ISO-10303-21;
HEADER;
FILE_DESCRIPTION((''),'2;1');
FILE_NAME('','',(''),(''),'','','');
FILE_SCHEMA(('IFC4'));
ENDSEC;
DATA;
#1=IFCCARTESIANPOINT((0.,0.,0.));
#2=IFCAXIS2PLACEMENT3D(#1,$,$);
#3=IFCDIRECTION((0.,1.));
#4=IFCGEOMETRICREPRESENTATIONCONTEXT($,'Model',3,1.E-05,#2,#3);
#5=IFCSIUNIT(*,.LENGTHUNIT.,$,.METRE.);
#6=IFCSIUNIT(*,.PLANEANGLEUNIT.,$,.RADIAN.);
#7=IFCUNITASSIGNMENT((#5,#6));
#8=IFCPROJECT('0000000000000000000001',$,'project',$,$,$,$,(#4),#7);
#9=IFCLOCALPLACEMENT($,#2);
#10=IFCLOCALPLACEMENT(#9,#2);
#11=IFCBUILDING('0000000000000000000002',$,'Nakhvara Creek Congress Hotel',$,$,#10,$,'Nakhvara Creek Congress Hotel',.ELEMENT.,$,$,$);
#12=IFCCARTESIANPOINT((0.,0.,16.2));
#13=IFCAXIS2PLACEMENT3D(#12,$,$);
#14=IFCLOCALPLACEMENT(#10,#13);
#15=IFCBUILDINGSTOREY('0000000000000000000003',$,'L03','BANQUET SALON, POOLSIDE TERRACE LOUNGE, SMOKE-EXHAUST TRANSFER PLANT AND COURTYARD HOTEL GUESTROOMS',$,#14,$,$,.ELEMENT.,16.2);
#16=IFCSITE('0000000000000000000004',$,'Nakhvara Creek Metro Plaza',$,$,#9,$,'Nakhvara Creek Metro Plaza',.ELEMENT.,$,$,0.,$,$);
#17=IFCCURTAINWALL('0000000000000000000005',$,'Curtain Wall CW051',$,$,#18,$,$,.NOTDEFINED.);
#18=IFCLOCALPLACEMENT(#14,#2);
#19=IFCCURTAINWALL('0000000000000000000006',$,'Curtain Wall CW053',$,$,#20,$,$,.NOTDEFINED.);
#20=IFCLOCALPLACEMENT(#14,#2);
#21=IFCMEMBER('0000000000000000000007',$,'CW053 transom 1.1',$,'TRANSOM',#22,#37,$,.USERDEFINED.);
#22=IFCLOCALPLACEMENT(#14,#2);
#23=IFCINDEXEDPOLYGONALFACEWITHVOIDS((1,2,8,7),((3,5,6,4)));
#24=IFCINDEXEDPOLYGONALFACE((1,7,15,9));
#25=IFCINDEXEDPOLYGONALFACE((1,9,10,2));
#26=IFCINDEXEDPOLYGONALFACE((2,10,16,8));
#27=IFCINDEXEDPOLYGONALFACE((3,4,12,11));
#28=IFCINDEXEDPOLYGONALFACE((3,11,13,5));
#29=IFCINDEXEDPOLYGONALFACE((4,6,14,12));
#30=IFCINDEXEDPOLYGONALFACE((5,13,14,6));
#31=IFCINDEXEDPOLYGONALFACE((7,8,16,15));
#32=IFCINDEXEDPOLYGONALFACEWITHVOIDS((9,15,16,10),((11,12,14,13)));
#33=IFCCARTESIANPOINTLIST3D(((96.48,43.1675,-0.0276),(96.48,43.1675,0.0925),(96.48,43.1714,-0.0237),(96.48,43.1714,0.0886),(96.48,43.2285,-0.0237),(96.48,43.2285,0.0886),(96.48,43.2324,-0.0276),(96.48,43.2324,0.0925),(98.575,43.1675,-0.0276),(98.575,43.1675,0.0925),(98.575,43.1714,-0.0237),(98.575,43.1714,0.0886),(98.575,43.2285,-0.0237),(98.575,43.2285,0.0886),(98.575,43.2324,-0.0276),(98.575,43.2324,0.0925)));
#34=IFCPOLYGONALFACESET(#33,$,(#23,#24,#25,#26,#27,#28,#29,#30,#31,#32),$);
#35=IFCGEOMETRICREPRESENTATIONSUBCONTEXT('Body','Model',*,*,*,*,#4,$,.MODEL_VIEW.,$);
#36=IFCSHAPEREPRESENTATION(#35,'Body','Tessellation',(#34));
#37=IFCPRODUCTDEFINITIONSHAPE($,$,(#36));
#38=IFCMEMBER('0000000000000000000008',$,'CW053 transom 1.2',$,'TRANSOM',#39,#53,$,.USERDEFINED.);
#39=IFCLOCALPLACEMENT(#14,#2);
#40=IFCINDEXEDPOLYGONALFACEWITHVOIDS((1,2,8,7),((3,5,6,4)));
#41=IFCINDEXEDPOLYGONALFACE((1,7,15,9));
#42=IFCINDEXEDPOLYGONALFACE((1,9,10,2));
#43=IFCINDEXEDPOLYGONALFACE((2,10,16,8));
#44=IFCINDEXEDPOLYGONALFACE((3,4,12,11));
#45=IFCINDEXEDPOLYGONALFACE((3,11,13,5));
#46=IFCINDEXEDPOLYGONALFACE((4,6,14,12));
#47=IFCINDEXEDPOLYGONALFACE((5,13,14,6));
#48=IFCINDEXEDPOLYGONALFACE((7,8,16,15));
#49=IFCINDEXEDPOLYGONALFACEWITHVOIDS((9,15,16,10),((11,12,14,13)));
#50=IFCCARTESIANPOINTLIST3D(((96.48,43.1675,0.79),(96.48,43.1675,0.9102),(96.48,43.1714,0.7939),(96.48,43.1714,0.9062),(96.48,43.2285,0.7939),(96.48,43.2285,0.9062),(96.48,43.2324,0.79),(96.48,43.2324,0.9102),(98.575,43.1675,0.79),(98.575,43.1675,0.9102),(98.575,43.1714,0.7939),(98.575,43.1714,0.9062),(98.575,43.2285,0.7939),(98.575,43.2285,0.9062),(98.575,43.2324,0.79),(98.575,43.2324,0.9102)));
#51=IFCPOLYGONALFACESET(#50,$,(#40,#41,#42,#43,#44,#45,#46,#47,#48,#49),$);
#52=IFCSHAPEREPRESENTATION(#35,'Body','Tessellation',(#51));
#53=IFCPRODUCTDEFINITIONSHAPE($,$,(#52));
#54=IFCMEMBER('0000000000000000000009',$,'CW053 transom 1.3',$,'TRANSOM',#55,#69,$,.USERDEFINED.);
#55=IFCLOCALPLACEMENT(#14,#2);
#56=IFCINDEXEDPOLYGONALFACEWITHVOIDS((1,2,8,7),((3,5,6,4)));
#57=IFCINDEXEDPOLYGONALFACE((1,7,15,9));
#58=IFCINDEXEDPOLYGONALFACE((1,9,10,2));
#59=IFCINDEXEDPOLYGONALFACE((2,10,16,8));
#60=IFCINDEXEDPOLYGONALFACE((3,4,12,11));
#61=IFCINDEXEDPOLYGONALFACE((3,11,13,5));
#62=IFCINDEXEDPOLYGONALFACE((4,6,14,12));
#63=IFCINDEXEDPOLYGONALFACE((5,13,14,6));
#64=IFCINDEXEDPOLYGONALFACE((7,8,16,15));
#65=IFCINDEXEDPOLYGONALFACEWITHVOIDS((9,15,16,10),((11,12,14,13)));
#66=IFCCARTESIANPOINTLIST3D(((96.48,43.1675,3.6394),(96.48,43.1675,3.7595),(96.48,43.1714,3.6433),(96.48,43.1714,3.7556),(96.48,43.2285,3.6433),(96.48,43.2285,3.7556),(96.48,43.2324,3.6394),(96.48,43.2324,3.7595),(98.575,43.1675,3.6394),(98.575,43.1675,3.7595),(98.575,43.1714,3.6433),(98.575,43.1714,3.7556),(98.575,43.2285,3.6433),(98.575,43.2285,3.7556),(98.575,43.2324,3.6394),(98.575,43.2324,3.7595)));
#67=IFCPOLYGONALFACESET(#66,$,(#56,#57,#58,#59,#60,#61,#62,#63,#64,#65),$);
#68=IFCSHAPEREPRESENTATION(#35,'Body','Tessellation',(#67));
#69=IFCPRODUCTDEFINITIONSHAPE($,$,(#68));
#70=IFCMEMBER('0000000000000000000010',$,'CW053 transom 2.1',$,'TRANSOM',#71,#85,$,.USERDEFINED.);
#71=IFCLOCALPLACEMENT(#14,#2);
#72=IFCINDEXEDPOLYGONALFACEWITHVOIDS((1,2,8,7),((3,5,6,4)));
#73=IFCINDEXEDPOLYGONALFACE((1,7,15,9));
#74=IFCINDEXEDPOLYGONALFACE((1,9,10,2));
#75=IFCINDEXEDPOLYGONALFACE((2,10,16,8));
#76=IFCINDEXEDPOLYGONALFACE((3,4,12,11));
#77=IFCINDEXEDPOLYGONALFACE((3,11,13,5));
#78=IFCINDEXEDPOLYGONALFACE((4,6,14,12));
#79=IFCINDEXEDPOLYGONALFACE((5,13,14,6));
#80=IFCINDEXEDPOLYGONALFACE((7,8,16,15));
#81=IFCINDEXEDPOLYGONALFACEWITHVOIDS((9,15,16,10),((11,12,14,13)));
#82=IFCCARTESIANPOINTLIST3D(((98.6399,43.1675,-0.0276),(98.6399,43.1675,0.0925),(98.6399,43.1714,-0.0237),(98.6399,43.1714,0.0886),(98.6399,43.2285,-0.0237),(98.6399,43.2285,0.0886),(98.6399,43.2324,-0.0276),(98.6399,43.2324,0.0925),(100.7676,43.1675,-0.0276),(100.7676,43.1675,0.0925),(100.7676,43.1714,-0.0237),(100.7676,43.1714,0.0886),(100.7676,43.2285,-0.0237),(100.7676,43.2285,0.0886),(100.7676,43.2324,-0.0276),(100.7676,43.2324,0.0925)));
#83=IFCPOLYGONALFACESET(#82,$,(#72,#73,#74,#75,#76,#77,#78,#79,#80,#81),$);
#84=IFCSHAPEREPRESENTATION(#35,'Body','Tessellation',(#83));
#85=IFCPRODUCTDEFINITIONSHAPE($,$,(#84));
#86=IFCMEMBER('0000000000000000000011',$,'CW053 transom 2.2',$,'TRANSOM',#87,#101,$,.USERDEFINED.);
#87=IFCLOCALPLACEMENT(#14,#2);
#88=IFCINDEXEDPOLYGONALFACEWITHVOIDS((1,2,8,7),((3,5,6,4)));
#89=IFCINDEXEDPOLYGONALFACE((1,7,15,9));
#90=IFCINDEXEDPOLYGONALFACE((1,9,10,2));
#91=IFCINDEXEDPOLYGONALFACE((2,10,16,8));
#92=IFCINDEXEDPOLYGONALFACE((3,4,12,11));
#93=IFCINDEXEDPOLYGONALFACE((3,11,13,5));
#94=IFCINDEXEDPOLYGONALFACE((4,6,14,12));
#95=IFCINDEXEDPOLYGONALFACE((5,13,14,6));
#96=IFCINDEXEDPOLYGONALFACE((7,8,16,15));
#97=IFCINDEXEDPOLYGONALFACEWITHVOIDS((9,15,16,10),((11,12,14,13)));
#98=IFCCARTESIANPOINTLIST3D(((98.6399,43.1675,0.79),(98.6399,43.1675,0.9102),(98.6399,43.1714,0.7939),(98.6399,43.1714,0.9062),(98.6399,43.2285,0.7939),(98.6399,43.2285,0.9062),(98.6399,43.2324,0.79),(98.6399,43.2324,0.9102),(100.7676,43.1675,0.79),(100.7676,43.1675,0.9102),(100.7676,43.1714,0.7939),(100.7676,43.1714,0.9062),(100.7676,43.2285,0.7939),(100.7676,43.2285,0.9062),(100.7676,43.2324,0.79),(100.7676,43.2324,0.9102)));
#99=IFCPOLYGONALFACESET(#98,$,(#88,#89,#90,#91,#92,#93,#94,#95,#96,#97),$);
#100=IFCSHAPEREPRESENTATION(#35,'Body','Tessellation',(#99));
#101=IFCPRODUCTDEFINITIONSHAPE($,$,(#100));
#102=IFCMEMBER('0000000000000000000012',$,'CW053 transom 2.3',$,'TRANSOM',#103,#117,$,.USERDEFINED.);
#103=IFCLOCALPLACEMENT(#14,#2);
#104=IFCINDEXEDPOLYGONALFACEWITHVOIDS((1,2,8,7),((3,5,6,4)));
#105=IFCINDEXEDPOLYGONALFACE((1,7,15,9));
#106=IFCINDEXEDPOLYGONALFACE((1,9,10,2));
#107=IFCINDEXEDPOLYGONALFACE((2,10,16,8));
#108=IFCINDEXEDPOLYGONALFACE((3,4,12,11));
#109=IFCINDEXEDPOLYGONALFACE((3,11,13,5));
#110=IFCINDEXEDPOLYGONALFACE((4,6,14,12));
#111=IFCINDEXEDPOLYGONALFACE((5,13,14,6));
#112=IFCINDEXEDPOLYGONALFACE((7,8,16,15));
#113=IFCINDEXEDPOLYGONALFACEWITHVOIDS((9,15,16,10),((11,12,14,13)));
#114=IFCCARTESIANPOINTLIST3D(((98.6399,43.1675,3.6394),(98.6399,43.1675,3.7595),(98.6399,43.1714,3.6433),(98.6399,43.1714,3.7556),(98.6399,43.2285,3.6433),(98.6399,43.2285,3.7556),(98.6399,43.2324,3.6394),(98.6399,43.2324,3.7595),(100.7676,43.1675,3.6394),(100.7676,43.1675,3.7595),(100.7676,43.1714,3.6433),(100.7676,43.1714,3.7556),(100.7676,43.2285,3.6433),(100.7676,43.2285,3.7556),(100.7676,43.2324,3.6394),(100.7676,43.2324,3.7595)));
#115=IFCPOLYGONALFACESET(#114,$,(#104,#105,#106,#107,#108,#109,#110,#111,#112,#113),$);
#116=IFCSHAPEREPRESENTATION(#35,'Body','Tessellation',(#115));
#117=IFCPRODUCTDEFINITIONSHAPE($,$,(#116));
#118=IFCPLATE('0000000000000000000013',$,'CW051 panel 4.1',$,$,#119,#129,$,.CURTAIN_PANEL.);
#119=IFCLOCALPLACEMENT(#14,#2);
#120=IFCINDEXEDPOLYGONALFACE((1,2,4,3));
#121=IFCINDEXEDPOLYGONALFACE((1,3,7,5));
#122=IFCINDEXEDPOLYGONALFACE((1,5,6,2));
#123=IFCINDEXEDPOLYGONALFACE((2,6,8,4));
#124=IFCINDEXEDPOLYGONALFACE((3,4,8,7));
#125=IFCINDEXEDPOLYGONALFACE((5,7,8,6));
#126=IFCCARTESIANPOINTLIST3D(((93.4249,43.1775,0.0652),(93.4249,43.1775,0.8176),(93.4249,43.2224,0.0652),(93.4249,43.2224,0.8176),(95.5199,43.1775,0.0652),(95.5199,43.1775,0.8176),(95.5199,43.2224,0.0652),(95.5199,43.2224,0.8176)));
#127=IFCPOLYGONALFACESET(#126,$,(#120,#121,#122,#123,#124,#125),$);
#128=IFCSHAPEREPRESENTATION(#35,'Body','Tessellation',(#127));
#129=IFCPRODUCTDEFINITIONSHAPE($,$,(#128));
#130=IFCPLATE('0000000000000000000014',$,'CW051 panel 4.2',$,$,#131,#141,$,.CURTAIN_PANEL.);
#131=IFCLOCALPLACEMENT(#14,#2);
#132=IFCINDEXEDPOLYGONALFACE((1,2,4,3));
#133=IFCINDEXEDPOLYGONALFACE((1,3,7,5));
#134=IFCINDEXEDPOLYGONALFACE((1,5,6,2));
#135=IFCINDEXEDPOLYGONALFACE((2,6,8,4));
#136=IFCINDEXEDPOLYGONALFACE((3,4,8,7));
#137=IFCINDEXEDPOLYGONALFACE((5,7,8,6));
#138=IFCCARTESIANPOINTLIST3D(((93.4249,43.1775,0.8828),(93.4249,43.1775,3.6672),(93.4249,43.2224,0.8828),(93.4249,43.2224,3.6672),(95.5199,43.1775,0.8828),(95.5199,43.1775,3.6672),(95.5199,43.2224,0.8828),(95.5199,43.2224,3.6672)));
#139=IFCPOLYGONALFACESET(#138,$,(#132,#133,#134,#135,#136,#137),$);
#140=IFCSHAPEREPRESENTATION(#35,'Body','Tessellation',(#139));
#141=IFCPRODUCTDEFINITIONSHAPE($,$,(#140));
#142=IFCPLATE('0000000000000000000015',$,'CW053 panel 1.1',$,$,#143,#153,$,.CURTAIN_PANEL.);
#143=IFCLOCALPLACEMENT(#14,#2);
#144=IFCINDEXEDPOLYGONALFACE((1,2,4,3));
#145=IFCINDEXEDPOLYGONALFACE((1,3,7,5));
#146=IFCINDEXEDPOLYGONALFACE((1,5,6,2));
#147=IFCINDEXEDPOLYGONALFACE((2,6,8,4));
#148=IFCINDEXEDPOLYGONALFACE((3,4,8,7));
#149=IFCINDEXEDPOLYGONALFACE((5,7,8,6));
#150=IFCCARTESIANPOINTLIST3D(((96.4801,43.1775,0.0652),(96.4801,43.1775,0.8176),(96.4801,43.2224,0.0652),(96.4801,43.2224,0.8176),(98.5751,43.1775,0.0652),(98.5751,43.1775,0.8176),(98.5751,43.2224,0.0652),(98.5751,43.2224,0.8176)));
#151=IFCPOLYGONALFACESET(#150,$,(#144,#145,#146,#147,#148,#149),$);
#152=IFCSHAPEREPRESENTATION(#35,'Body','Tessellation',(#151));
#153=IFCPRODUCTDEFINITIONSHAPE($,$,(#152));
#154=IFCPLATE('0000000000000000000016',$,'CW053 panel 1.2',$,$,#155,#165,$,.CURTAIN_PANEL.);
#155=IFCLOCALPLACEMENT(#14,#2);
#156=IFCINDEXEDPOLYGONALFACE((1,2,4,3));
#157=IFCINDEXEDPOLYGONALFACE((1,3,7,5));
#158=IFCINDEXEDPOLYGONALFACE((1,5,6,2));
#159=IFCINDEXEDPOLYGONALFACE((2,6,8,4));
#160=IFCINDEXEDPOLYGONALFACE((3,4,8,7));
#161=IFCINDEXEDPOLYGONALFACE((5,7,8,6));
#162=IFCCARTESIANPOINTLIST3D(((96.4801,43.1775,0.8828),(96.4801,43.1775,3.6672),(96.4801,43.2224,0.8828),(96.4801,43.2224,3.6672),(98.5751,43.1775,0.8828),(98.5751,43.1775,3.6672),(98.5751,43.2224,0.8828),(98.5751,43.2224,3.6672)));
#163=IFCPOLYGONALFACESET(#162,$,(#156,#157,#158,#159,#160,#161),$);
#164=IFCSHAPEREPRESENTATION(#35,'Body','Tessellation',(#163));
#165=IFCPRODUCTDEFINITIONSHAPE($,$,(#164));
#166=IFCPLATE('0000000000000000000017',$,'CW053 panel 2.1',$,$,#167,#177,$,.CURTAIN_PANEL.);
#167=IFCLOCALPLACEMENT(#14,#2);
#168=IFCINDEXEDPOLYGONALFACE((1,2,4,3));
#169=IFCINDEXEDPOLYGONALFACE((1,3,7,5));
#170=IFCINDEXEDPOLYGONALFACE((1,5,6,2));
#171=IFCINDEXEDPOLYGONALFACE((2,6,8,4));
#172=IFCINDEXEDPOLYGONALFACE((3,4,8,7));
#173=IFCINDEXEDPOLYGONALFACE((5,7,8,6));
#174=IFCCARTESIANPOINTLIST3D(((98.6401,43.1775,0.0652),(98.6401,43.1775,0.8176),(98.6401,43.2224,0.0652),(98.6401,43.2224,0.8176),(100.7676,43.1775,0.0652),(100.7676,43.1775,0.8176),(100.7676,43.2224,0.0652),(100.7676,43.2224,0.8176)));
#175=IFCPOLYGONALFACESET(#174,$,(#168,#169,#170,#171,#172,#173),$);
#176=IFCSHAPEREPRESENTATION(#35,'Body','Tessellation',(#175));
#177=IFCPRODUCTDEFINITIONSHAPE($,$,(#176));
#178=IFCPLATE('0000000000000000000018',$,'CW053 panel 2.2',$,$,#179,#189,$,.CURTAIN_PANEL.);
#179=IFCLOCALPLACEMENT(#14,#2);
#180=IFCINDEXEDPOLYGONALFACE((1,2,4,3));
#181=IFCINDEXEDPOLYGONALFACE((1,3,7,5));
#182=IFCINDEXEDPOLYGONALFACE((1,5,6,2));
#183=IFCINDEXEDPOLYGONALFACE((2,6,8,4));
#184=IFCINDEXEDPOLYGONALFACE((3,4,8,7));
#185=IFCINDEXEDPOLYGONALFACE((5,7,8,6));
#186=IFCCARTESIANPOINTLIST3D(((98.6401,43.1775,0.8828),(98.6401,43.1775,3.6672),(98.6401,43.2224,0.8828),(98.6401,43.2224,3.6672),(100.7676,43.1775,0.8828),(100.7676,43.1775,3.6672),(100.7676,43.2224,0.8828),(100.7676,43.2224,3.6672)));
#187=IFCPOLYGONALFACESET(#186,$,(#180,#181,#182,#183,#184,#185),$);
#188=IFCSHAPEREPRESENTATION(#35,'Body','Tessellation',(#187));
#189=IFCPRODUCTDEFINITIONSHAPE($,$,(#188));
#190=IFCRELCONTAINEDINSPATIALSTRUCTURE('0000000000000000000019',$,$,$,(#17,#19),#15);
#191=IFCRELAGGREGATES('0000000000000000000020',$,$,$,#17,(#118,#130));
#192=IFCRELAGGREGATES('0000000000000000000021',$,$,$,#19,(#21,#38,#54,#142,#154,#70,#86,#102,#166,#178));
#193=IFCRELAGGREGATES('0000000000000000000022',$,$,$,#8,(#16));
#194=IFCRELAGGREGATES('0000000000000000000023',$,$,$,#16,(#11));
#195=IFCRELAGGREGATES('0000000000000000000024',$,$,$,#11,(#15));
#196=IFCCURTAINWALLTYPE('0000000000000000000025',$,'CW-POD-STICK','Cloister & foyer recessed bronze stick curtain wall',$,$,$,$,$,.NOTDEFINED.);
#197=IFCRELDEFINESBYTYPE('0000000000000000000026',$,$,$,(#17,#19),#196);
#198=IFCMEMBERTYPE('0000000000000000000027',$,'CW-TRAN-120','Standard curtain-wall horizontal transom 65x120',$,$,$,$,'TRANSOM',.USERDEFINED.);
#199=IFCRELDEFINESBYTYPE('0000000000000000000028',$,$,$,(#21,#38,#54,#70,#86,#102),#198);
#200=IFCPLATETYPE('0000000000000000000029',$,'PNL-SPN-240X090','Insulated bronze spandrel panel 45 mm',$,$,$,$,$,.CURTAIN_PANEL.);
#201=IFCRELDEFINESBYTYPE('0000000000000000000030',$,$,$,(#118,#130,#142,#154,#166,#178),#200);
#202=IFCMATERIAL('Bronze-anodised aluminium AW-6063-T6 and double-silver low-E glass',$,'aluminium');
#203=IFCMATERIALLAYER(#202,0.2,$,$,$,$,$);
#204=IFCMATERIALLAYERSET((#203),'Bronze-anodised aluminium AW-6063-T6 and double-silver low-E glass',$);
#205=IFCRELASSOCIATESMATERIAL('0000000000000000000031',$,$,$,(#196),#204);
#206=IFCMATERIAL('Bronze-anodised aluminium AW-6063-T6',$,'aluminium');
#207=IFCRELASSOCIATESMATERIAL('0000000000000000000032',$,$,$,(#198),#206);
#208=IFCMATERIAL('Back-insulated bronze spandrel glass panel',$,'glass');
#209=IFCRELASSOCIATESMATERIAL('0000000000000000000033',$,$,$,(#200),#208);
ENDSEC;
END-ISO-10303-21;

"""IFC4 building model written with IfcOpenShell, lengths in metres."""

from ifc_helpers import new_model, si_unit, direction, frame, origin, origin_2d, place, context, subcontext, project, spatial, rectangle, hollow_rectangle, extrude, material, layer, layer_set, material_profile, profile_set, type_object, element, aggregate, save


model = new_model("IFC4")

# Units and contexts
model_context = context("Model", 3, precision=1e-05, world=origin(), true_north=direction((0.0, 1.0)))
body_context = subcontext(model_context, "Body", "Model", "MODEL_VIEW")
ifc_project = project(units=[si_unit("LENGTHUNIT", "METRE"), si_unit("PLANEANGLEUNIT", "RADIAN")], contexts=[model_context])

# Site, building, storey
site_placement = place(None, origin())
site = spatial("IfcSite", under=ifc_project, at=site_placement, Name="Nakhvara Creek Metro Plaza", LongName="Nakhvara Creek Metro Plaza", CompositionType="ELEMENT", RefElevation=0.0)
building_placement = place(site_placement, origin())
building = spatial("IfcBuilding", under=site, at=building_placement, Name="Nakhvara Creek Congress Hotel", LongName="Nakhvara Creek Congress Hotel", CompositionType="ELEMENT")
storey_placement = place(building_placement, frame((0.0, 0.0, 16.2)))
storey = spatial("IfcBuildingStorey", under=building, at=storey_placement, Name="L03", Description="BANQUET SALON, POOLSIDE TERRACE LOUNGE, SMOKE-EXHAUST TRANSFER PLANT AND COURTYARD HOTEL GUESTROOMS", CompositionType="ELEMENT", Elevation=16.2)

# Curtain walls
ifc_material_1 = material(Name="Bronze-anodised aluminium AW-6063-T6 and double-silver low-E glass", Category="aluminium")
ifc_layer = layer(ifc_material_1, 0.2)
ifc_layer_set = layer_set([ifc_layer], Name="Bronze-anodised aluminium AW-6063-T6 and double-silver low-E glass")
curtain_wall_type = type_object("IfcCurtainWallType", Name="CW-POD-STICK", Description="Cloister & foyer recessed bronze stick curtain wall", PredefinedType="NOTDEFINED", material=ifc_layer_set)
curtain_wall_1_placement = place(storey_placement, origin())
curtain_wall_1 = element("IfcCurtainWall", 1, at=curtain_wall_1_placement, inside=storey, type_object=curtain_wall_type, Name="Curtain Wall CW051", PredefinedType="NOTDEFINED")
ifc_material_2 = material(Name="Bronze-anodised aluminium AW-6063-T6", Category="aluminium")
curtain_wall_2_placement = place(storey_placement, origin())
curtain_wall_2 = element("IfcCurtainWall", 2, at=curtain_wall_2_placement, inside=storey, type_object=curtain_wall_type, Name="Curtain Wall CW053", PredefinedType="NOTDEFINED")

# Members
ifc_material_profile_1 = material_profile(ifc_material_2, hollow_rectangle(XDim=0.0649, YDim=0.1201, WallThickness=0.0039, at=origin_2d()), Name="ALU-TRAN 65x120x4", Category="LoadBearing")
ifc_profile_set_1 = profile_set([ifc_material_profile_1], Name="Bronze-anodised aluminium AW-6063-T6")
member_type_1 = type_object("IfcMemberType", Name="CW-TRAN-120", Description="Standard curtain-wall horizontal transom 65x120", ElementType="TRANSOM", PredefinedType="USERDEFINED", material=ifc_profile_set_1)
member_1_placement = place(storey_placement, frame((96.48, 43.2, 0.0325), z_axis=(1.0, 0.0, 0.0), x_axis=(0.0, 1.0, 0.0)))
member_1 = element("IfcMember", 3, at=member_1_placement, type_object=member_type_1, Name="CW053 transom 1.1", ObjectType="TRANSOM", PredefinedType="USERDEFINED", context=body_context, shape_type="SweptSolid", body=[
    extrude(hollow_rectangle(XDim=0.0649, YDim=0.1201, WallThickness=0.0039, at=origin_2d()), origin(), (0.0, 0.0, 1.0), 2.095),
])
member_2_placement = place(storey_placement, frame((96.48, 43.2, 0.8501), z_axis=(1.0, 0.0, 0.0), x_axis=(0.0, 1.0, 0.0)))
member_2 = element("IfcMember", 4, at=member_2_placement, type_object=member_type_1, Name="CW053 transom 1.2", ObjectType="TRANSOM", PredefinedType="USERDEFINED", context=body_context, shape_type="SweptSolid", body=[
    extrude(hollow_rectangle(XDim=0.0649, YDim=0.1201, WallThickness=0.0039, at=origin_2d()), origin(), (0.0, 0.0, 1.0), 2.095),
])
member_3_placement = place(storey_placement, frame((96.48, 43.2, 3.6995), z_axis=(1.0, 0.0, 0.0), x_axis=(0.0, 1.0, 0.0)))
member_3 = element("IfcMember", 5, at=member_3_placement, type_object=member_type_1, Name="CW053 transom 1.3", ObjectType="TRANSOM", PredefinedType="USERDEFINED", context=body_context, shape_type="SweptSolid", body=[
    extrude(hollow_rectangle(XDim=0.0649, YDim=0.1201, WallThickness=0.0039, at=origin_2d()), origin(), (0.0, 0.0, 1.0), 2.095),
])
member_4_placement = place(storey_placement, frame((98.6399, 43.2, 0.0325), z_axis=(1.0, 0.0, 0.0), x_axis=(0.0, 1.0, 0.0)))
member_4 = element("IfcMember", 6, at=member_4_placement, type_object=member_type_1, Name="CW053 transom 2.1", ObjectType="TRANSOM", PredefinedType="USERDEFINED", context=body_context, shape_type="SweptSolid", body=[
    extrude(hollow_rectangle(XDim=0.0649, YDim=0.1201, WallThickness=0.0039, at=origin_2d()), origin(), (0.0, 0.0, 1.0), 2.1277),
])
member_5_placement = place(storey_placement, frame((98.6399, 43.2, 0.8501), z_axis=(1.0, 0.0, 0.0), x_axis=(0.0, 1.0, 0.0)))
member_5 = element("IfcMember", 7, at=member_5_placement, type_object=member_type_1, Name="CW053 transom 2.2", ObjectType="TRANSOM", PredefinedType="USERDEFINED", context=body_context, shape_type="SweptSolid", body=[
    extrude(hollow_rectangle(XDim=0.0649, YDim=0.1201, WallThickness=0.0039, at=origin_2d()), origin(), (0.0, 0.0, 1.0), 2.1277),
])
member_6_placement = place(storey_placement, frame((98.6399, 43.2, 3.6995), z_axis=(1.0, 0.0, 0.0), x_axis=(0.0, 1.0, 0.0)))
member_6 = element("IfcMember", 8, at=member_6_placement, type_object=member_type_1, Name="CW053 transom 2.3", ObjectType="TRANSOM", PredefinedType="USERDEFINED", context=body_context, shape_type="SweptSolid", body=[
    extrude(hollow_rectangle(XDim=0.0649, YDim=0.1201, WallThickness=0.0039, at=origin_2d()), origin(), (0.0, 0.0, 1.0), 2.1277),
])

# Plates
ifc_material_3 = material(Name="Back-insulated bronze spandrel glass panel", Category="glass")
plate_type = type_object("IfcPlateType", Name="PNL-SPN-240X090", Description="Insulated bronze spandrel panel 45 mm", PredefinedType="CURTAIN_PANEL", material=ifc_material_3)
plate_1_placement = place(storey_placement, frame((94.4724, 43.2, 0.0652), z_axis=(0.0, 0.0, 1.0), x_axis=(1.0, 0.0, 0.0)))
plate_1 = element("IfcPlate", 9, at=plate_1_placement, type_object=plate_type, Name="CW051 panel 4.1", PredefinedType="CURTAIN_PANEL", context=body_context, shape_type="SweptSolid", body=[
    extrude(rectangle(XDim=2.095, YDim=0.0449, at=origin_2d()), origin(), (0.0, 0.0, 1.0), 0.7524),
])
plate_2_placement = place(storey_placement, frame((94.4724, 43.2, 0.8828), z_axis=(0.0, 0.0, 1.0), x_axis=(1.0, 0.0, 0.0)))
plate_2 = element("IfcPlate", 10, at=plate_2_placement, type_object=plate_type, Name="CW051 panel 4.2", PredefinedType="CURTAIN_PANEL", context=body_context, shape_type="SweptSolid", body=[
    extrude(rectangle(XDim=2.095, YDim=0.0449, at=origin_2d()), origin(), (0.0, 0.0, 1.0), 2.7844),
])
aggregate(curtain_wall_1, [plate_1, plate_2])
plate_3_placement = place(storey_placement, frame((97.5276, 43.2, 0.0652), z_axis=(0.0, 0.0, 1.0), x_axis=(1.0, 0.0, 0.0)))
plate_3 = element("IfcPlate", 11, at=plate_3_placement, type_object=plate_type, Name="CW053 panel 1.1", PredefinedType="CURTAIN_PANEL", context=body_context, shape_type="SweptSolid", body=[
    extrude(rectangle(XDim=2.095, YDim=0.0449, at=origin_2d()), origin(), (0.0, 0.0, 1.0), 0.7524),
])
plate_4_placement = place(storey_placement, frame((97.5276, 43.2, 0.8828), z_axis=(0.0, 0.0, 1.0), x_axis=(1.0, 0.0, 0.0)))
plate_4 = element("IfcPlate", 12, at=plate_4_placement, type_object=plate_type, Name="CW053 panel 1.2", PredefinedType="CURTAIN_PANEL", context=body_context, shape_type="SweptSolid", body=[
    extrude(rectangle(XDim=2.095, YDim=0.0449, at=origin_2d()), origin(), (0.0, 0.0, 1.0), 2.7844),
])
plate_5_placement = place(storey_placement, frame((99.7039, 43.2, 0.0652), z_axis=(0.0, 0.0, 1.0), x_axis=(1.0, 0.0, 0.0)))
plate_5 = element("IfcPlate", 13, at=plate_5_placement, type_object=plate_type, Name="CW053 panel 2.1", PredefinedType="CURTAIN_PANEL", context=body_context, shape_type="SweptSolid", body=[
    extrude(rectangle(XDim=2.1274, YDim=0.0449, at=origin_2d()), origin(), (0.0, 0.0, 1.0), 0.7524),
])
plate_6_placement = place(storey_placement, frame((99.7039, 43.2, 0.8828), z_axis=(0.0, 0.0, 1.0), x_axis=(1.0, 0.0, 0.0)))
plate_6 = element("IfcPlate", 14, at=plate_6_placement, type_object=plate_type, Name="CW053 panel 2.2", PredefinedType="CURTAIN_PANEL", context=body_context, shape_type="SweptSolid", body=[
    extrude(rectangle(XDim=2.1274, YDim=0.0449, at=origin_2d()), origin(), (0.0, 0.0, 1.0), 2.7844),
])
aggregate(curtain_wall_2, [member_1, member_2, member_3, plate_3, plate_4, member_4, member_5, member_6, plate_5, plate_6])

save(model, "model.ifc")
